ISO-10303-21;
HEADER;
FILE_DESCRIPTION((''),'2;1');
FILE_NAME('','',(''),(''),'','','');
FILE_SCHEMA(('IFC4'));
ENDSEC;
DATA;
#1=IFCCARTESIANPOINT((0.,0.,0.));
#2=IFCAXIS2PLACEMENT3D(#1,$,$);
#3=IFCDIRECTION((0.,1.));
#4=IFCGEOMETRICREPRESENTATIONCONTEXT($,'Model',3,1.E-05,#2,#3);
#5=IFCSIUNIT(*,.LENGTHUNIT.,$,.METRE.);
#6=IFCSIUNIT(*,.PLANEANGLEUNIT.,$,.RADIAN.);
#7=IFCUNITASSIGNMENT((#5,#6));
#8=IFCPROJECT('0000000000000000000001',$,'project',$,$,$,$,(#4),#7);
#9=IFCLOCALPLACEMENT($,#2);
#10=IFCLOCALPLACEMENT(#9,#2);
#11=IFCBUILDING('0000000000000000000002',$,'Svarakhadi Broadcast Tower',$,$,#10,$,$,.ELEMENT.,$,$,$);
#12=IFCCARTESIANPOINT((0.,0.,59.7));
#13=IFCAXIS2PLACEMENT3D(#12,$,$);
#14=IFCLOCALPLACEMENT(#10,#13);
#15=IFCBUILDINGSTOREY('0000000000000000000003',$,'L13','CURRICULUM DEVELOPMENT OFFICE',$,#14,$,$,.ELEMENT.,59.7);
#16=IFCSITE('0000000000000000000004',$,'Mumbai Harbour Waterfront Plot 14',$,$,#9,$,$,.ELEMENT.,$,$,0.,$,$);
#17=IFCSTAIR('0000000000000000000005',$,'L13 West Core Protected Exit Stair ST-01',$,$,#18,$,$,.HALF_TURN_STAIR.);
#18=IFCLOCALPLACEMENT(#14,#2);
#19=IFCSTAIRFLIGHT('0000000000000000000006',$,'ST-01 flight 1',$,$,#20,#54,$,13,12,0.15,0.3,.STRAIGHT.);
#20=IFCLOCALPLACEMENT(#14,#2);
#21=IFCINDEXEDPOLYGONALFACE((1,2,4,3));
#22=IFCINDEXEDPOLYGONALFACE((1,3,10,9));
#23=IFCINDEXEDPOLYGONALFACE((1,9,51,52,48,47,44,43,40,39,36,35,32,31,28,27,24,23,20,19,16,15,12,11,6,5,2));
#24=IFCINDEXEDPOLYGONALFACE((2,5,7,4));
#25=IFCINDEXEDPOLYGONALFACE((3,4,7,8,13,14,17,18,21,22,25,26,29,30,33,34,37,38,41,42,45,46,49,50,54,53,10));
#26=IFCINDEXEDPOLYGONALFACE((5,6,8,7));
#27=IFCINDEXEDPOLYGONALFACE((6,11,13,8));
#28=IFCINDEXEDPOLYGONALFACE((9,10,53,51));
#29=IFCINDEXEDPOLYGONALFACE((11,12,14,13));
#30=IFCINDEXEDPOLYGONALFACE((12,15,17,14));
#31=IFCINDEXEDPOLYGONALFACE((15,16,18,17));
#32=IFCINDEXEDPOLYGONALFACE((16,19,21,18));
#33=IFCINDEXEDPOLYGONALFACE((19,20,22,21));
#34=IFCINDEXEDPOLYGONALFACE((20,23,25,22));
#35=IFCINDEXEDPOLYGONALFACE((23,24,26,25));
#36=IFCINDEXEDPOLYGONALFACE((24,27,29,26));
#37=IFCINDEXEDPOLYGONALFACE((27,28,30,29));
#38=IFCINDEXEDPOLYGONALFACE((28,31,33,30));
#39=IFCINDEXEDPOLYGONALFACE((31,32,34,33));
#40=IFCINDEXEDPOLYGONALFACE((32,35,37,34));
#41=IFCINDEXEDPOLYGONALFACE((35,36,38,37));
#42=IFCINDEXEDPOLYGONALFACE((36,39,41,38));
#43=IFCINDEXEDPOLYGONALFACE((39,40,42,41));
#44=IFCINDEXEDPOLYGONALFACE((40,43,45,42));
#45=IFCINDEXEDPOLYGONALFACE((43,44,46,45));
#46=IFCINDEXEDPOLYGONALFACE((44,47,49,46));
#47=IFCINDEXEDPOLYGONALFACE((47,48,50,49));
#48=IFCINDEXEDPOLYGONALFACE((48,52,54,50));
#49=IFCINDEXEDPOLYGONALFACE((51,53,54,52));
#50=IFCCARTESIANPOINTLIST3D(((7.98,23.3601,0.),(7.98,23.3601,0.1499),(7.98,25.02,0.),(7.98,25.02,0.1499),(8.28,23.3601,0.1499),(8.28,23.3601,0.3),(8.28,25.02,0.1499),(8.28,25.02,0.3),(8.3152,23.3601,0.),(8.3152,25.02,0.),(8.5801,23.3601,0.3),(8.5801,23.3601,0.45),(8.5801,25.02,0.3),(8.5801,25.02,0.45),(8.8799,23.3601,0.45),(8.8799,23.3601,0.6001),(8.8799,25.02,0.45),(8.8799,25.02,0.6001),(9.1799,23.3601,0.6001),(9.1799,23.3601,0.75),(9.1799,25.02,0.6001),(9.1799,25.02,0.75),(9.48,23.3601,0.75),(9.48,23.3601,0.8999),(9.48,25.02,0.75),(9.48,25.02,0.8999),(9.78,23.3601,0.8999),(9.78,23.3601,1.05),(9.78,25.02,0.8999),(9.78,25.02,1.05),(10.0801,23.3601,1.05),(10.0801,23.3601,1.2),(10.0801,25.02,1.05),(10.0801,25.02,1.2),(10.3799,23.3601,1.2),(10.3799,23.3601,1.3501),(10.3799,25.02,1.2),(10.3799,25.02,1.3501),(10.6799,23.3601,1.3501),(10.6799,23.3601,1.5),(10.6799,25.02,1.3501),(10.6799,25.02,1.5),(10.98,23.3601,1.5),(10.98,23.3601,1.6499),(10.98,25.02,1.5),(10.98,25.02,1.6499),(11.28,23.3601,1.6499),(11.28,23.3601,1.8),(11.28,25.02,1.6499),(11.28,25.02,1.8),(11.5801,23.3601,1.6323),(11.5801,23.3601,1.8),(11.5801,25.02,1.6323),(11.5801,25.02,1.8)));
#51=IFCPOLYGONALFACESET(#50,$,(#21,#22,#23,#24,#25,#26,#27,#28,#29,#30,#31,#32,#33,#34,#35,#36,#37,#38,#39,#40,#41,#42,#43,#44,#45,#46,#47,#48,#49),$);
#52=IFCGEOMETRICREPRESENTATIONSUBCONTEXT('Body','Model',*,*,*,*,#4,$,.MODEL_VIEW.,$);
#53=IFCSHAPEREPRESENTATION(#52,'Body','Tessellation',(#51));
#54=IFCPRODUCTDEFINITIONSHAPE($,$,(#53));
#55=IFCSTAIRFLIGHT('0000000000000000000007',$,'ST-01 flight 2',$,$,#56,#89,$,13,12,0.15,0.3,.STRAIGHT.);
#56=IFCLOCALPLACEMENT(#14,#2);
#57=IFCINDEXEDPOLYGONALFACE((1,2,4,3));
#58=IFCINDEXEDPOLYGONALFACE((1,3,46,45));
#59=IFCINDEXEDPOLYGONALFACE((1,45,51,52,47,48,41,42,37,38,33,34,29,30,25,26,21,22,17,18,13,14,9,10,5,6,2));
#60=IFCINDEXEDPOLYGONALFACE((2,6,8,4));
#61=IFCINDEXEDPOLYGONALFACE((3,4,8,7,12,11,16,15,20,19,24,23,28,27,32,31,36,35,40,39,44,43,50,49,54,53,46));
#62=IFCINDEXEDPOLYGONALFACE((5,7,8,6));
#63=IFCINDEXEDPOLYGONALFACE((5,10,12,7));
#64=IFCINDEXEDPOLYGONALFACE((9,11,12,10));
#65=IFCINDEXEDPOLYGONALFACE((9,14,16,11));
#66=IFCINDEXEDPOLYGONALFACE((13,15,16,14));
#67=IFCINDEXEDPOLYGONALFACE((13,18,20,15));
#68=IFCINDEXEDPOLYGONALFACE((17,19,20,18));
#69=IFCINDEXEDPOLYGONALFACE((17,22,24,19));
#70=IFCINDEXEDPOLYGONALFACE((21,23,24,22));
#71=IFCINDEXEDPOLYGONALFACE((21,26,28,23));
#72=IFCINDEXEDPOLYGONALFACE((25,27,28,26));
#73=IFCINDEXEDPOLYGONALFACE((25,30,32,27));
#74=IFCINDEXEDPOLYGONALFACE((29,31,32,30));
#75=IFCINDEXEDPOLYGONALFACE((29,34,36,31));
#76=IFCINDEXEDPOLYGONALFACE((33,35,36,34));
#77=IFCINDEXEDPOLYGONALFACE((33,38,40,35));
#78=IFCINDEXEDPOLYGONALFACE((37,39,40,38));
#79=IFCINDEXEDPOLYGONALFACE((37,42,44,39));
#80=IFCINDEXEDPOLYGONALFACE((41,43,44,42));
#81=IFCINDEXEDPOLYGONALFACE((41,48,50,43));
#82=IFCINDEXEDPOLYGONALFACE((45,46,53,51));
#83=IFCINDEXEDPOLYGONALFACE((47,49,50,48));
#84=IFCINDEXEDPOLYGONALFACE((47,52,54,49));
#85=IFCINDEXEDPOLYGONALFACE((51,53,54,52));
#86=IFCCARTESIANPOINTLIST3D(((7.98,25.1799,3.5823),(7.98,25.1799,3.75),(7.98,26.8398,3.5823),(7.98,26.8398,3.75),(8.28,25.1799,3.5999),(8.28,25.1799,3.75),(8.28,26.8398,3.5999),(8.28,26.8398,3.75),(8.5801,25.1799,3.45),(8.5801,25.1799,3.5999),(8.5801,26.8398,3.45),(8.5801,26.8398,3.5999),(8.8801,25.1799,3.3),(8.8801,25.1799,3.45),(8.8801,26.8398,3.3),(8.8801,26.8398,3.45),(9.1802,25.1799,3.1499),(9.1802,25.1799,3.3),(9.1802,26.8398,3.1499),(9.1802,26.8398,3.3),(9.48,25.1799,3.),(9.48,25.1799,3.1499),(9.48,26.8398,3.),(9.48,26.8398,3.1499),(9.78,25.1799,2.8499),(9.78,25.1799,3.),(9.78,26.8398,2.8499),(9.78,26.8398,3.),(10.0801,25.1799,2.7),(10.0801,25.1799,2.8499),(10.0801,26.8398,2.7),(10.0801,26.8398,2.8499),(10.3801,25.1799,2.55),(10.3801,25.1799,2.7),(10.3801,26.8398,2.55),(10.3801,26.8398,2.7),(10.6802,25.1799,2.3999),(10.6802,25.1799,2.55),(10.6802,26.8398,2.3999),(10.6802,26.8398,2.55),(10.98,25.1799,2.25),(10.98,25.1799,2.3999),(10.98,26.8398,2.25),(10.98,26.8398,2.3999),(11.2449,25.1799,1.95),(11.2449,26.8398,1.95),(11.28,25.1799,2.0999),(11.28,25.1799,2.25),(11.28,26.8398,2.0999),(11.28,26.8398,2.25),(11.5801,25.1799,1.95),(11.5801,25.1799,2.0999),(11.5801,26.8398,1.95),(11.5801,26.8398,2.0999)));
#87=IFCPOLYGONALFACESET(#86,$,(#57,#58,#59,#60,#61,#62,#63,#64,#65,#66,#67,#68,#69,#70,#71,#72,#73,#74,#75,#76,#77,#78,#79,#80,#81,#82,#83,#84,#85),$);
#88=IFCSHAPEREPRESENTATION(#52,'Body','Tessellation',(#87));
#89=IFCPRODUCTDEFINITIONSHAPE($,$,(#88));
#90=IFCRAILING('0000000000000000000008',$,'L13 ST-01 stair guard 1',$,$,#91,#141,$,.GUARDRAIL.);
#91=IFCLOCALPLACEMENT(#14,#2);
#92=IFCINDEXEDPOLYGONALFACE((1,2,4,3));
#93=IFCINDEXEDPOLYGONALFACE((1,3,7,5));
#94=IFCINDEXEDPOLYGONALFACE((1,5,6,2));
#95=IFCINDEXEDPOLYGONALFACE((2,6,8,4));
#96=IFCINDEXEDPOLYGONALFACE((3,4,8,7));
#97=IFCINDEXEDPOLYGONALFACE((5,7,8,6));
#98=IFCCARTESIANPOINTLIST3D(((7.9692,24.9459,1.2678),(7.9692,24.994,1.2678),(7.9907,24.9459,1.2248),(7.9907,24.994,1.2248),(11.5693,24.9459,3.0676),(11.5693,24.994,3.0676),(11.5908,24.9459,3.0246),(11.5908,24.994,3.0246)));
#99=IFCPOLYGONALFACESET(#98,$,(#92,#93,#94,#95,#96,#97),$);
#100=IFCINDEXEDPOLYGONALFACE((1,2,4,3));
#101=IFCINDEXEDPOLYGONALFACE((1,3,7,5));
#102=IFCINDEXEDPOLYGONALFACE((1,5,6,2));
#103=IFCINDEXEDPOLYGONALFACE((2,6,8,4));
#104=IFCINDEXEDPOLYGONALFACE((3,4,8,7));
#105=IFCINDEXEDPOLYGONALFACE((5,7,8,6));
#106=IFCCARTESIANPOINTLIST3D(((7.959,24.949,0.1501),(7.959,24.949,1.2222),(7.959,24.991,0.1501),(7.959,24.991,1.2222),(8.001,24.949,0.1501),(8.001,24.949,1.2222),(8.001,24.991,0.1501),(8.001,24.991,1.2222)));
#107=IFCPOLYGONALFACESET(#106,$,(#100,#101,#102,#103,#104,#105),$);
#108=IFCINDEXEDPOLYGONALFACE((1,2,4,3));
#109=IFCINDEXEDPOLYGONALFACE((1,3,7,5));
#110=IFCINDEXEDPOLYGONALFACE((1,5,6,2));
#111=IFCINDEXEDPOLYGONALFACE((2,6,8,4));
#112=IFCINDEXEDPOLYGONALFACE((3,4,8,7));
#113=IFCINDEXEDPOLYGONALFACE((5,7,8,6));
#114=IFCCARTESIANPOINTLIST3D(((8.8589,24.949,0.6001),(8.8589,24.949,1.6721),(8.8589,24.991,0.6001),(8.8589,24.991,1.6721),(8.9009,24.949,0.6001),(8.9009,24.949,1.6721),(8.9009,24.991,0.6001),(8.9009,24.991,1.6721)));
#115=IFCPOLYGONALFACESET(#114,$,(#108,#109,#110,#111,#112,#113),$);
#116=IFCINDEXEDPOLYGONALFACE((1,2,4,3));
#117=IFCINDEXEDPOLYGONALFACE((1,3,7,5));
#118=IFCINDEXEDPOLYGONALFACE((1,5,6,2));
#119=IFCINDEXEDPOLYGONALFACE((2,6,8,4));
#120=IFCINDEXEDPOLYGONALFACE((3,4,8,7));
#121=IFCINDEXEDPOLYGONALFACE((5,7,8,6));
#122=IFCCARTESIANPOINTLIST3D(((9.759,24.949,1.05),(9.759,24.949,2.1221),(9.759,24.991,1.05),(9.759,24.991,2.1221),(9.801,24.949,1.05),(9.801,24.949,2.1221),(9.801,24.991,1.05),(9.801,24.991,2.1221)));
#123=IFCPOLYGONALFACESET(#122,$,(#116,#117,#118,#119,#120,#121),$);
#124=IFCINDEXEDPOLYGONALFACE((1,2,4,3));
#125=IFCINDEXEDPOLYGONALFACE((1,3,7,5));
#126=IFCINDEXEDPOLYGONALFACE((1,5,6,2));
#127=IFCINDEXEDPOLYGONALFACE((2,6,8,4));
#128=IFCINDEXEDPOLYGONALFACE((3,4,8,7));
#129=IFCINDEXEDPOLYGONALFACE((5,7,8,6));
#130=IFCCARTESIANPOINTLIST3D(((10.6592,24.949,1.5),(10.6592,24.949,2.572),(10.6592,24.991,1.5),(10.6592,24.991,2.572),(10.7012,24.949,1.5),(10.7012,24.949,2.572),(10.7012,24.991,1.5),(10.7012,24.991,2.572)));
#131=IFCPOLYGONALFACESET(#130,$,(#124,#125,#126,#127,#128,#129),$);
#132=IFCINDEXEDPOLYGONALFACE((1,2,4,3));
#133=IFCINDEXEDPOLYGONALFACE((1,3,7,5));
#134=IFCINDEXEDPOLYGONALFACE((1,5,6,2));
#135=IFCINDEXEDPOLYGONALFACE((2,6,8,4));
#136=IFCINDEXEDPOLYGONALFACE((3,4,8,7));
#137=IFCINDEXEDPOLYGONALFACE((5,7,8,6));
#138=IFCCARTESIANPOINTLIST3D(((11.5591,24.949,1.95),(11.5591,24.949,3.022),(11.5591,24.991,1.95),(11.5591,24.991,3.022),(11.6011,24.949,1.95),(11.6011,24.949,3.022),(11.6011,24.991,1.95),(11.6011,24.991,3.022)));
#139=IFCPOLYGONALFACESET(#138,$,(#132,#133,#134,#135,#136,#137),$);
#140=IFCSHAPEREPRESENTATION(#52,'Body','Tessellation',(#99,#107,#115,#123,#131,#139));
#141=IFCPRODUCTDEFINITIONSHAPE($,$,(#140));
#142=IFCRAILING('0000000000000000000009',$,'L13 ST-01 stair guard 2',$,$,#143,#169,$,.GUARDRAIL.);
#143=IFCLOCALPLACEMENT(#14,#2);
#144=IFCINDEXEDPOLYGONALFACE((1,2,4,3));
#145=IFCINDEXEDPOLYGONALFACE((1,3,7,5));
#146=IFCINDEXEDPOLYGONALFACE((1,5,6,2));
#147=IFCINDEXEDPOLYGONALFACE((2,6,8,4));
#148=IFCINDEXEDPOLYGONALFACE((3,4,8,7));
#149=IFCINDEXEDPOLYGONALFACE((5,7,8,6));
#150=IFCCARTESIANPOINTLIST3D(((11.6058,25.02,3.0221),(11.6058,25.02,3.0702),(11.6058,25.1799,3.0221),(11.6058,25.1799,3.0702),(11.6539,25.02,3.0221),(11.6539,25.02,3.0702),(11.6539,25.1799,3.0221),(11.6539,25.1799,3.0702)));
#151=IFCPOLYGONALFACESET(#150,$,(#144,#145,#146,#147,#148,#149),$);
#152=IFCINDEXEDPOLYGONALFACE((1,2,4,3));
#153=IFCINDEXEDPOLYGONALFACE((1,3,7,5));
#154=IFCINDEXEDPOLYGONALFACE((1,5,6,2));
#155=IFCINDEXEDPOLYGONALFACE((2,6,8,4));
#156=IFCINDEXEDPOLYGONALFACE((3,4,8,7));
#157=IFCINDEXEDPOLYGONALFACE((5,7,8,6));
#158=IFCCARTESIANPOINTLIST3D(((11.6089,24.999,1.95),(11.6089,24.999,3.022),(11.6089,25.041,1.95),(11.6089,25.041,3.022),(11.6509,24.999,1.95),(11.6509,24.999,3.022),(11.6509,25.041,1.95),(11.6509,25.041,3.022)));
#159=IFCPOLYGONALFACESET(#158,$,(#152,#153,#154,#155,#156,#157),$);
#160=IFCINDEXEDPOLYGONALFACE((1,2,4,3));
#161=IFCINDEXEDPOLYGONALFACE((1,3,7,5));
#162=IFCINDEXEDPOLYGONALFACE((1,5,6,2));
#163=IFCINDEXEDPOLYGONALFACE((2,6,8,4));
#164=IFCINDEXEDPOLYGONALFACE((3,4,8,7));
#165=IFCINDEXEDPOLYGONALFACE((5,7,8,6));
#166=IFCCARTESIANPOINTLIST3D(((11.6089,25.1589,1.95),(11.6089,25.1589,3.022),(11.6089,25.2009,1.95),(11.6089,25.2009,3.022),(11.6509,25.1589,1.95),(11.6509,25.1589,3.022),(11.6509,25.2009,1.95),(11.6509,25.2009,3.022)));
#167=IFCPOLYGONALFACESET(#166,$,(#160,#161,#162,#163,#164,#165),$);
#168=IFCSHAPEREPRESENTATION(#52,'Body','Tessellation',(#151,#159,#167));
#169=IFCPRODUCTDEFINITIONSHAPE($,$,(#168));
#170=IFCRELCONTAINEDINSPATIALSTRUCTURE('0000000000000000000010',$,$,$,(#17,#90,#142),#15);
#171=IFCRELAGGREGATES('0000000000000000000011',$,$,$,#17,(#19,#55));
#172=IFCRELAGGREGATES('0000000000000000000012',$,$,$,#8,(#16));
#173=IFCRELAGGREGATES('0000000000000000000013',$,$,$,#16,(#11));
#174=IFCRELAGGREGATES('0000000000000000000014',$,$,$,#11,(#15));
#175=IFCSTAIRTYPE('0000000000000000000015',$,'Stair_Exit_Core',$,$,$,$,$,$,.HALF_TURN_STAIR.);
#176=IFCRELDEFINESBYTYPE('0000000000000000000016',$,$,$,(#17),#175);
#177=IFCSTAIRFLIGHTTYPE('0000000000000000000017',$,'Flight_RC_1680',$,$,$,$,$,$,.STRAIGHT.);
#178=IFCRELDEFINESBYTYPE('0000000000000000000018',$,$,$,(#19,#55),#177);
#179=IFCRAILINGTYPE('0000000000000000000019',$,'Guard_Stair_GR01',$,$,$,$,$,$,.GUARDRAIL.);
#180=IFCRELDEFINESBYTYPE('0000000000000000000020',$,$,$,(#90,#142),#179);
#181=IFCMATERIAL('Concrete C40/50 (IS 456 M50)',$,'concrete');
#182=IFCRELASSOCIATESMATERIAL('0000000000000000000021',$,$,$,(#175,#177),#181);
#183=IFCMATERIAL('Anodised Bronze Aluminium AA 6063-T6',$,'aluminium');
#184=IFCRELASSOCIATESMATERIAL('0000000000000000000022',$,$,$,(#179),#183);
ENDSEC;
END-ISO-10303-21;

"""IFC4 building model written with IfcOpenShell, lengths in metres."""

from ifc_helpers import new_model, si_unit, direction, frame, origin, origin_2d, place, context, subcontext, project, spatial, polyline, rectangle, outline, extrude, material, type_object, element, aggregate, save


model = new_model("IFC4")

# Units and contexts
model_context = context("Model", 3, precision=1e-05, world=origin(), true_north=direction((0.0, 1.0)))
body_context = subcontext(model_context, "Body", "Model", "MODEL_VIEW")
ifc_project = project(units=[si_unit("LENGTHUNIT", "METRE"), si_unit("PLANEANGLEUNIT", "RADIAN")], contexts=[model_context])

# Site, building, storey
site_placement = place(None, origin())
site = spatial("IfcSite", under=ifc_project, at=site_placement, Name="Mumbai Harbour Waterfront Plot 14", CompositionType="ELEMENT", RefElevation=0.0)
building_placement = place(site_placement, origin())
building = spatial("IfcBuilding", under=site, at=building_placement, Name="Svarakhadi Broadcast Tower", CompositionType="ELEMENT")
storey_placement = place(building_placement, frame((0.0, 0.0, 59.7)))
storey = spatial("IfcBuildingStorey", under=building, at=storey_placement, Name="L13", Description="CURRICULUM DEVELOPMENT OFFICE", CompositionType="ELEMENT", Elevation=59.7)

# Shared definitions
ifc_material_1 = material(Name="Concrete C40/50 (IS 456 M50)", Category="concrete")

# Stair, stair flights
stair_type = type_object("IfcStairType", Name="Stair_Exit_Core", PredefinedType="HALF_TURN_STAIR", material=ifc_material_1)
stair_placement = place(storey_placement, origin())
stair = element("IfcStair", 1, at=stair_placement, inside=storey, type_object=stair_type, Name="L13 West Core Protected Exit Stair ST-01", PredefinedType="HALF_TURN_STAIR")
stair_flight_type = type_object("IfcStairFlightType", Name="Flight_RC_1680", PredefinedType="STRAIGHT", material=ifc_material_1)
stair_flight_1_placement = place(storey_placement, frame((7.98, 24.1899, 0.0), z_axis=(0.0, 0.0, 1.0), x_axis=(1.0, 0.0, 0.0)))
stair_flight_1 = element("IfcStairFlight", 2, at=stair_flight_1_placement, type_object=stair_flight_type, Name="ST-01 flight 1", NumberOfRisers=13, NumberOfTreads=12, PredefinedType="STRAIGHT", RiserHeight=0.15, TreadLength=0.3, context=body_context, shape_type="SweptSolid", body=[
    extrude(outline(polyline([(0.0, 0.0), (0.0, 0.1499), (0.3, 0.1499), (0.3, 0.3), (0.6001, 0.3), (0.6001, 0.45), (0.8999, 0.45), (0.8999, 0.6001), (1.2, 0.6001), (1.2, 0.75), (1.5, 0.75), (1.5, 0.8999), (1.8, 0.8999), (1.8, 1.05), (2.1001, 1.05), (2.1001, 1.2), (2.3999, 1.2), (2.3999, 1.3501), (2.7, 1.3501), (2.7, 1.5), (3.0, 1.5), (3.0, 1.6499), (3.3, 1.6499), (3.3, 1.8), (3.6001, 1.8), (3.6001, 1.95), (3.6001, 1.6323), (0.3352, 0.0), (0.0, 0.0)])), frame((0.0, 0.8301, 0.0), z_axis=(0.0, -1.0, 0.0), x_axis=(1.0, 0.0, 0.0)), (0.0, 0.0, 1.0), 1.6599),
])
stair_flight_2_placement = place(storey_placement, frame((11.5801, 26.01, 1.95), z_axis=(0.0, 0.0, 1.0), x_axis=(-1.0, 0.0, 0.0)))
stair_flight_2 = element("IfcStairFlight", 3, at=stair_flight_2_placement, type_object=stair_flight_type, Name="ST-01 flight 2", NumberOfRisers=13, NumberOfTreads=12, PredefinedType="STRAIGHT", RiserHeight=0.15, TreadLength=0.3, context=body_context, shape_type="SweptSolid", body=[
    extrude(outline(polyline([(0.0, 0.0), (0.0, 0.1499), (0.3, 0.1499), (0.3, 0.3), (0.6001, 0.3), (0.6001, 0.45), (0.8999, 0.45), (0.8999, 0.6001), (1.2, 0.6001), (1.2, 0.75), (1.5, 0.75), (1.5, 0.8999), (1.8, 0.8999), (1.8, 1.05), (2.1001, 1.05), (2.1001, 1.2), (2.3999, 1.2), (2.3999, 1.3501), (2.7, 1.3501), (2.7, 1.5), (3.0, 1.5), (3.0, 1.6499), (3.3, 1.6499), (3.3, 1.8), (3.6001, 1.8), (3.6001, 1.95), (3.6001, 1.6323), (0.3352, 0.0), (0.0, 0.0)])), frame((0.0, 0.8301, 0.0), z_axis=(0.0, -1.0, 0.0), x_axis=(1.0, 0.0, 0.0)), (0.0, 0.0, 1.0), 1.6599),
])
aggregate(stair, [stair_flight_1, stair_flight_2])

# Railings
ifc_material_2 = material(Name="Anodised Bronze Aluminium AA 6063-T6", Category="aluminium")
railing_type_1 = type_object("IfcRailingType", Name="Guard_Stair_GR01", PredefinedType="GUARDRAIL", material=ifc_material_2)
railing_1_placement = place(storey_placement, frame((7.98, 24.97, 0.1501)))
element("IfcRailing", 4, at=railing_1_placement, inside=storey, type_object=railing_type_1, Name="L13 ST-01 stair guard 1", PredefinedType="GUARDRAIL", context=body_context, shape_type="SweptSolid", body=[
    extrude(rectangle(XDim=0.0481, YDim=0.0481, at=origin_2d()), frame((0.0, 0.0, 1.0962), z_axis=(0.894451, 0.0, 0.447165), x_axis=(0.0, 1.0, 0.0)), (0.0, 0.0, 1.0), 4.0249),
    extrude(rectangle(XDim=0.042, YDim=0.042, at=origin_2d()), origin(), (0.0, 0.0, 1.0), 1.072),
    extrude(rectangle(XDim=0.042, YDim=0.042, at=origin_2d()), frame((0.8999, 0.0, 0.45)), (0.0, 0.0, 1.0), 1.072),
    extrude(rectangle(XDim=0.042, YDim=0.042, at=origin_2d()), frame((1.8, 0.0, 0.8999)), (0.0, 0.0, 1.0), 1.072),
    extrude(rectangle(XDim=0.042, YDim=0.042, at=origin_2d()), frame((2.7002, 0.0, 1.3499)), (0.0, 0.0, 1.0), 1.072),
    extrude(rectangle(XDim=0.042, YDim=0.042, at=origin_2d()), frame((3.6001, 0.0, 1.7998)), (0.0, 0.0, 1.0), 1.072),
])
railing_2_placement = place(storey_placement, frame((11.6299, 25.02, 1.95)))
element("IfcRailing", 5, at=railing_2_placement, inside=storey, type_object=railing_type_1, Name="L13 ST-01 stair guard 2", PredefinedType="GUARDRAIL", context=body_context, shape_type="SweptSolid", body=[
    extrude(rectangle(XDim=0.0481, YDim=0.0481, at=origin_2d()), frame((0.0, 0.0, 1.0962), z_axis=(0.0, 1.0, 0.0), x_axis=(-1.0, 0.0, 0.0)), (0.0, 0.0, 1.0), 0.1599),
    extrude(rectangle(XDim=0.042, YDim=0.042, at=origin_2d()), origin(), (0.0, 0.0, 1.0), 1.072),
    extrude(rectangle(XDim=0.042, YDim=0.042, at=origin_2d()), frame((0.0, 0.1599, 0.0)), (0.0, 0.0, 1.0), 1.072),
])

save(model, "model.ifc")
